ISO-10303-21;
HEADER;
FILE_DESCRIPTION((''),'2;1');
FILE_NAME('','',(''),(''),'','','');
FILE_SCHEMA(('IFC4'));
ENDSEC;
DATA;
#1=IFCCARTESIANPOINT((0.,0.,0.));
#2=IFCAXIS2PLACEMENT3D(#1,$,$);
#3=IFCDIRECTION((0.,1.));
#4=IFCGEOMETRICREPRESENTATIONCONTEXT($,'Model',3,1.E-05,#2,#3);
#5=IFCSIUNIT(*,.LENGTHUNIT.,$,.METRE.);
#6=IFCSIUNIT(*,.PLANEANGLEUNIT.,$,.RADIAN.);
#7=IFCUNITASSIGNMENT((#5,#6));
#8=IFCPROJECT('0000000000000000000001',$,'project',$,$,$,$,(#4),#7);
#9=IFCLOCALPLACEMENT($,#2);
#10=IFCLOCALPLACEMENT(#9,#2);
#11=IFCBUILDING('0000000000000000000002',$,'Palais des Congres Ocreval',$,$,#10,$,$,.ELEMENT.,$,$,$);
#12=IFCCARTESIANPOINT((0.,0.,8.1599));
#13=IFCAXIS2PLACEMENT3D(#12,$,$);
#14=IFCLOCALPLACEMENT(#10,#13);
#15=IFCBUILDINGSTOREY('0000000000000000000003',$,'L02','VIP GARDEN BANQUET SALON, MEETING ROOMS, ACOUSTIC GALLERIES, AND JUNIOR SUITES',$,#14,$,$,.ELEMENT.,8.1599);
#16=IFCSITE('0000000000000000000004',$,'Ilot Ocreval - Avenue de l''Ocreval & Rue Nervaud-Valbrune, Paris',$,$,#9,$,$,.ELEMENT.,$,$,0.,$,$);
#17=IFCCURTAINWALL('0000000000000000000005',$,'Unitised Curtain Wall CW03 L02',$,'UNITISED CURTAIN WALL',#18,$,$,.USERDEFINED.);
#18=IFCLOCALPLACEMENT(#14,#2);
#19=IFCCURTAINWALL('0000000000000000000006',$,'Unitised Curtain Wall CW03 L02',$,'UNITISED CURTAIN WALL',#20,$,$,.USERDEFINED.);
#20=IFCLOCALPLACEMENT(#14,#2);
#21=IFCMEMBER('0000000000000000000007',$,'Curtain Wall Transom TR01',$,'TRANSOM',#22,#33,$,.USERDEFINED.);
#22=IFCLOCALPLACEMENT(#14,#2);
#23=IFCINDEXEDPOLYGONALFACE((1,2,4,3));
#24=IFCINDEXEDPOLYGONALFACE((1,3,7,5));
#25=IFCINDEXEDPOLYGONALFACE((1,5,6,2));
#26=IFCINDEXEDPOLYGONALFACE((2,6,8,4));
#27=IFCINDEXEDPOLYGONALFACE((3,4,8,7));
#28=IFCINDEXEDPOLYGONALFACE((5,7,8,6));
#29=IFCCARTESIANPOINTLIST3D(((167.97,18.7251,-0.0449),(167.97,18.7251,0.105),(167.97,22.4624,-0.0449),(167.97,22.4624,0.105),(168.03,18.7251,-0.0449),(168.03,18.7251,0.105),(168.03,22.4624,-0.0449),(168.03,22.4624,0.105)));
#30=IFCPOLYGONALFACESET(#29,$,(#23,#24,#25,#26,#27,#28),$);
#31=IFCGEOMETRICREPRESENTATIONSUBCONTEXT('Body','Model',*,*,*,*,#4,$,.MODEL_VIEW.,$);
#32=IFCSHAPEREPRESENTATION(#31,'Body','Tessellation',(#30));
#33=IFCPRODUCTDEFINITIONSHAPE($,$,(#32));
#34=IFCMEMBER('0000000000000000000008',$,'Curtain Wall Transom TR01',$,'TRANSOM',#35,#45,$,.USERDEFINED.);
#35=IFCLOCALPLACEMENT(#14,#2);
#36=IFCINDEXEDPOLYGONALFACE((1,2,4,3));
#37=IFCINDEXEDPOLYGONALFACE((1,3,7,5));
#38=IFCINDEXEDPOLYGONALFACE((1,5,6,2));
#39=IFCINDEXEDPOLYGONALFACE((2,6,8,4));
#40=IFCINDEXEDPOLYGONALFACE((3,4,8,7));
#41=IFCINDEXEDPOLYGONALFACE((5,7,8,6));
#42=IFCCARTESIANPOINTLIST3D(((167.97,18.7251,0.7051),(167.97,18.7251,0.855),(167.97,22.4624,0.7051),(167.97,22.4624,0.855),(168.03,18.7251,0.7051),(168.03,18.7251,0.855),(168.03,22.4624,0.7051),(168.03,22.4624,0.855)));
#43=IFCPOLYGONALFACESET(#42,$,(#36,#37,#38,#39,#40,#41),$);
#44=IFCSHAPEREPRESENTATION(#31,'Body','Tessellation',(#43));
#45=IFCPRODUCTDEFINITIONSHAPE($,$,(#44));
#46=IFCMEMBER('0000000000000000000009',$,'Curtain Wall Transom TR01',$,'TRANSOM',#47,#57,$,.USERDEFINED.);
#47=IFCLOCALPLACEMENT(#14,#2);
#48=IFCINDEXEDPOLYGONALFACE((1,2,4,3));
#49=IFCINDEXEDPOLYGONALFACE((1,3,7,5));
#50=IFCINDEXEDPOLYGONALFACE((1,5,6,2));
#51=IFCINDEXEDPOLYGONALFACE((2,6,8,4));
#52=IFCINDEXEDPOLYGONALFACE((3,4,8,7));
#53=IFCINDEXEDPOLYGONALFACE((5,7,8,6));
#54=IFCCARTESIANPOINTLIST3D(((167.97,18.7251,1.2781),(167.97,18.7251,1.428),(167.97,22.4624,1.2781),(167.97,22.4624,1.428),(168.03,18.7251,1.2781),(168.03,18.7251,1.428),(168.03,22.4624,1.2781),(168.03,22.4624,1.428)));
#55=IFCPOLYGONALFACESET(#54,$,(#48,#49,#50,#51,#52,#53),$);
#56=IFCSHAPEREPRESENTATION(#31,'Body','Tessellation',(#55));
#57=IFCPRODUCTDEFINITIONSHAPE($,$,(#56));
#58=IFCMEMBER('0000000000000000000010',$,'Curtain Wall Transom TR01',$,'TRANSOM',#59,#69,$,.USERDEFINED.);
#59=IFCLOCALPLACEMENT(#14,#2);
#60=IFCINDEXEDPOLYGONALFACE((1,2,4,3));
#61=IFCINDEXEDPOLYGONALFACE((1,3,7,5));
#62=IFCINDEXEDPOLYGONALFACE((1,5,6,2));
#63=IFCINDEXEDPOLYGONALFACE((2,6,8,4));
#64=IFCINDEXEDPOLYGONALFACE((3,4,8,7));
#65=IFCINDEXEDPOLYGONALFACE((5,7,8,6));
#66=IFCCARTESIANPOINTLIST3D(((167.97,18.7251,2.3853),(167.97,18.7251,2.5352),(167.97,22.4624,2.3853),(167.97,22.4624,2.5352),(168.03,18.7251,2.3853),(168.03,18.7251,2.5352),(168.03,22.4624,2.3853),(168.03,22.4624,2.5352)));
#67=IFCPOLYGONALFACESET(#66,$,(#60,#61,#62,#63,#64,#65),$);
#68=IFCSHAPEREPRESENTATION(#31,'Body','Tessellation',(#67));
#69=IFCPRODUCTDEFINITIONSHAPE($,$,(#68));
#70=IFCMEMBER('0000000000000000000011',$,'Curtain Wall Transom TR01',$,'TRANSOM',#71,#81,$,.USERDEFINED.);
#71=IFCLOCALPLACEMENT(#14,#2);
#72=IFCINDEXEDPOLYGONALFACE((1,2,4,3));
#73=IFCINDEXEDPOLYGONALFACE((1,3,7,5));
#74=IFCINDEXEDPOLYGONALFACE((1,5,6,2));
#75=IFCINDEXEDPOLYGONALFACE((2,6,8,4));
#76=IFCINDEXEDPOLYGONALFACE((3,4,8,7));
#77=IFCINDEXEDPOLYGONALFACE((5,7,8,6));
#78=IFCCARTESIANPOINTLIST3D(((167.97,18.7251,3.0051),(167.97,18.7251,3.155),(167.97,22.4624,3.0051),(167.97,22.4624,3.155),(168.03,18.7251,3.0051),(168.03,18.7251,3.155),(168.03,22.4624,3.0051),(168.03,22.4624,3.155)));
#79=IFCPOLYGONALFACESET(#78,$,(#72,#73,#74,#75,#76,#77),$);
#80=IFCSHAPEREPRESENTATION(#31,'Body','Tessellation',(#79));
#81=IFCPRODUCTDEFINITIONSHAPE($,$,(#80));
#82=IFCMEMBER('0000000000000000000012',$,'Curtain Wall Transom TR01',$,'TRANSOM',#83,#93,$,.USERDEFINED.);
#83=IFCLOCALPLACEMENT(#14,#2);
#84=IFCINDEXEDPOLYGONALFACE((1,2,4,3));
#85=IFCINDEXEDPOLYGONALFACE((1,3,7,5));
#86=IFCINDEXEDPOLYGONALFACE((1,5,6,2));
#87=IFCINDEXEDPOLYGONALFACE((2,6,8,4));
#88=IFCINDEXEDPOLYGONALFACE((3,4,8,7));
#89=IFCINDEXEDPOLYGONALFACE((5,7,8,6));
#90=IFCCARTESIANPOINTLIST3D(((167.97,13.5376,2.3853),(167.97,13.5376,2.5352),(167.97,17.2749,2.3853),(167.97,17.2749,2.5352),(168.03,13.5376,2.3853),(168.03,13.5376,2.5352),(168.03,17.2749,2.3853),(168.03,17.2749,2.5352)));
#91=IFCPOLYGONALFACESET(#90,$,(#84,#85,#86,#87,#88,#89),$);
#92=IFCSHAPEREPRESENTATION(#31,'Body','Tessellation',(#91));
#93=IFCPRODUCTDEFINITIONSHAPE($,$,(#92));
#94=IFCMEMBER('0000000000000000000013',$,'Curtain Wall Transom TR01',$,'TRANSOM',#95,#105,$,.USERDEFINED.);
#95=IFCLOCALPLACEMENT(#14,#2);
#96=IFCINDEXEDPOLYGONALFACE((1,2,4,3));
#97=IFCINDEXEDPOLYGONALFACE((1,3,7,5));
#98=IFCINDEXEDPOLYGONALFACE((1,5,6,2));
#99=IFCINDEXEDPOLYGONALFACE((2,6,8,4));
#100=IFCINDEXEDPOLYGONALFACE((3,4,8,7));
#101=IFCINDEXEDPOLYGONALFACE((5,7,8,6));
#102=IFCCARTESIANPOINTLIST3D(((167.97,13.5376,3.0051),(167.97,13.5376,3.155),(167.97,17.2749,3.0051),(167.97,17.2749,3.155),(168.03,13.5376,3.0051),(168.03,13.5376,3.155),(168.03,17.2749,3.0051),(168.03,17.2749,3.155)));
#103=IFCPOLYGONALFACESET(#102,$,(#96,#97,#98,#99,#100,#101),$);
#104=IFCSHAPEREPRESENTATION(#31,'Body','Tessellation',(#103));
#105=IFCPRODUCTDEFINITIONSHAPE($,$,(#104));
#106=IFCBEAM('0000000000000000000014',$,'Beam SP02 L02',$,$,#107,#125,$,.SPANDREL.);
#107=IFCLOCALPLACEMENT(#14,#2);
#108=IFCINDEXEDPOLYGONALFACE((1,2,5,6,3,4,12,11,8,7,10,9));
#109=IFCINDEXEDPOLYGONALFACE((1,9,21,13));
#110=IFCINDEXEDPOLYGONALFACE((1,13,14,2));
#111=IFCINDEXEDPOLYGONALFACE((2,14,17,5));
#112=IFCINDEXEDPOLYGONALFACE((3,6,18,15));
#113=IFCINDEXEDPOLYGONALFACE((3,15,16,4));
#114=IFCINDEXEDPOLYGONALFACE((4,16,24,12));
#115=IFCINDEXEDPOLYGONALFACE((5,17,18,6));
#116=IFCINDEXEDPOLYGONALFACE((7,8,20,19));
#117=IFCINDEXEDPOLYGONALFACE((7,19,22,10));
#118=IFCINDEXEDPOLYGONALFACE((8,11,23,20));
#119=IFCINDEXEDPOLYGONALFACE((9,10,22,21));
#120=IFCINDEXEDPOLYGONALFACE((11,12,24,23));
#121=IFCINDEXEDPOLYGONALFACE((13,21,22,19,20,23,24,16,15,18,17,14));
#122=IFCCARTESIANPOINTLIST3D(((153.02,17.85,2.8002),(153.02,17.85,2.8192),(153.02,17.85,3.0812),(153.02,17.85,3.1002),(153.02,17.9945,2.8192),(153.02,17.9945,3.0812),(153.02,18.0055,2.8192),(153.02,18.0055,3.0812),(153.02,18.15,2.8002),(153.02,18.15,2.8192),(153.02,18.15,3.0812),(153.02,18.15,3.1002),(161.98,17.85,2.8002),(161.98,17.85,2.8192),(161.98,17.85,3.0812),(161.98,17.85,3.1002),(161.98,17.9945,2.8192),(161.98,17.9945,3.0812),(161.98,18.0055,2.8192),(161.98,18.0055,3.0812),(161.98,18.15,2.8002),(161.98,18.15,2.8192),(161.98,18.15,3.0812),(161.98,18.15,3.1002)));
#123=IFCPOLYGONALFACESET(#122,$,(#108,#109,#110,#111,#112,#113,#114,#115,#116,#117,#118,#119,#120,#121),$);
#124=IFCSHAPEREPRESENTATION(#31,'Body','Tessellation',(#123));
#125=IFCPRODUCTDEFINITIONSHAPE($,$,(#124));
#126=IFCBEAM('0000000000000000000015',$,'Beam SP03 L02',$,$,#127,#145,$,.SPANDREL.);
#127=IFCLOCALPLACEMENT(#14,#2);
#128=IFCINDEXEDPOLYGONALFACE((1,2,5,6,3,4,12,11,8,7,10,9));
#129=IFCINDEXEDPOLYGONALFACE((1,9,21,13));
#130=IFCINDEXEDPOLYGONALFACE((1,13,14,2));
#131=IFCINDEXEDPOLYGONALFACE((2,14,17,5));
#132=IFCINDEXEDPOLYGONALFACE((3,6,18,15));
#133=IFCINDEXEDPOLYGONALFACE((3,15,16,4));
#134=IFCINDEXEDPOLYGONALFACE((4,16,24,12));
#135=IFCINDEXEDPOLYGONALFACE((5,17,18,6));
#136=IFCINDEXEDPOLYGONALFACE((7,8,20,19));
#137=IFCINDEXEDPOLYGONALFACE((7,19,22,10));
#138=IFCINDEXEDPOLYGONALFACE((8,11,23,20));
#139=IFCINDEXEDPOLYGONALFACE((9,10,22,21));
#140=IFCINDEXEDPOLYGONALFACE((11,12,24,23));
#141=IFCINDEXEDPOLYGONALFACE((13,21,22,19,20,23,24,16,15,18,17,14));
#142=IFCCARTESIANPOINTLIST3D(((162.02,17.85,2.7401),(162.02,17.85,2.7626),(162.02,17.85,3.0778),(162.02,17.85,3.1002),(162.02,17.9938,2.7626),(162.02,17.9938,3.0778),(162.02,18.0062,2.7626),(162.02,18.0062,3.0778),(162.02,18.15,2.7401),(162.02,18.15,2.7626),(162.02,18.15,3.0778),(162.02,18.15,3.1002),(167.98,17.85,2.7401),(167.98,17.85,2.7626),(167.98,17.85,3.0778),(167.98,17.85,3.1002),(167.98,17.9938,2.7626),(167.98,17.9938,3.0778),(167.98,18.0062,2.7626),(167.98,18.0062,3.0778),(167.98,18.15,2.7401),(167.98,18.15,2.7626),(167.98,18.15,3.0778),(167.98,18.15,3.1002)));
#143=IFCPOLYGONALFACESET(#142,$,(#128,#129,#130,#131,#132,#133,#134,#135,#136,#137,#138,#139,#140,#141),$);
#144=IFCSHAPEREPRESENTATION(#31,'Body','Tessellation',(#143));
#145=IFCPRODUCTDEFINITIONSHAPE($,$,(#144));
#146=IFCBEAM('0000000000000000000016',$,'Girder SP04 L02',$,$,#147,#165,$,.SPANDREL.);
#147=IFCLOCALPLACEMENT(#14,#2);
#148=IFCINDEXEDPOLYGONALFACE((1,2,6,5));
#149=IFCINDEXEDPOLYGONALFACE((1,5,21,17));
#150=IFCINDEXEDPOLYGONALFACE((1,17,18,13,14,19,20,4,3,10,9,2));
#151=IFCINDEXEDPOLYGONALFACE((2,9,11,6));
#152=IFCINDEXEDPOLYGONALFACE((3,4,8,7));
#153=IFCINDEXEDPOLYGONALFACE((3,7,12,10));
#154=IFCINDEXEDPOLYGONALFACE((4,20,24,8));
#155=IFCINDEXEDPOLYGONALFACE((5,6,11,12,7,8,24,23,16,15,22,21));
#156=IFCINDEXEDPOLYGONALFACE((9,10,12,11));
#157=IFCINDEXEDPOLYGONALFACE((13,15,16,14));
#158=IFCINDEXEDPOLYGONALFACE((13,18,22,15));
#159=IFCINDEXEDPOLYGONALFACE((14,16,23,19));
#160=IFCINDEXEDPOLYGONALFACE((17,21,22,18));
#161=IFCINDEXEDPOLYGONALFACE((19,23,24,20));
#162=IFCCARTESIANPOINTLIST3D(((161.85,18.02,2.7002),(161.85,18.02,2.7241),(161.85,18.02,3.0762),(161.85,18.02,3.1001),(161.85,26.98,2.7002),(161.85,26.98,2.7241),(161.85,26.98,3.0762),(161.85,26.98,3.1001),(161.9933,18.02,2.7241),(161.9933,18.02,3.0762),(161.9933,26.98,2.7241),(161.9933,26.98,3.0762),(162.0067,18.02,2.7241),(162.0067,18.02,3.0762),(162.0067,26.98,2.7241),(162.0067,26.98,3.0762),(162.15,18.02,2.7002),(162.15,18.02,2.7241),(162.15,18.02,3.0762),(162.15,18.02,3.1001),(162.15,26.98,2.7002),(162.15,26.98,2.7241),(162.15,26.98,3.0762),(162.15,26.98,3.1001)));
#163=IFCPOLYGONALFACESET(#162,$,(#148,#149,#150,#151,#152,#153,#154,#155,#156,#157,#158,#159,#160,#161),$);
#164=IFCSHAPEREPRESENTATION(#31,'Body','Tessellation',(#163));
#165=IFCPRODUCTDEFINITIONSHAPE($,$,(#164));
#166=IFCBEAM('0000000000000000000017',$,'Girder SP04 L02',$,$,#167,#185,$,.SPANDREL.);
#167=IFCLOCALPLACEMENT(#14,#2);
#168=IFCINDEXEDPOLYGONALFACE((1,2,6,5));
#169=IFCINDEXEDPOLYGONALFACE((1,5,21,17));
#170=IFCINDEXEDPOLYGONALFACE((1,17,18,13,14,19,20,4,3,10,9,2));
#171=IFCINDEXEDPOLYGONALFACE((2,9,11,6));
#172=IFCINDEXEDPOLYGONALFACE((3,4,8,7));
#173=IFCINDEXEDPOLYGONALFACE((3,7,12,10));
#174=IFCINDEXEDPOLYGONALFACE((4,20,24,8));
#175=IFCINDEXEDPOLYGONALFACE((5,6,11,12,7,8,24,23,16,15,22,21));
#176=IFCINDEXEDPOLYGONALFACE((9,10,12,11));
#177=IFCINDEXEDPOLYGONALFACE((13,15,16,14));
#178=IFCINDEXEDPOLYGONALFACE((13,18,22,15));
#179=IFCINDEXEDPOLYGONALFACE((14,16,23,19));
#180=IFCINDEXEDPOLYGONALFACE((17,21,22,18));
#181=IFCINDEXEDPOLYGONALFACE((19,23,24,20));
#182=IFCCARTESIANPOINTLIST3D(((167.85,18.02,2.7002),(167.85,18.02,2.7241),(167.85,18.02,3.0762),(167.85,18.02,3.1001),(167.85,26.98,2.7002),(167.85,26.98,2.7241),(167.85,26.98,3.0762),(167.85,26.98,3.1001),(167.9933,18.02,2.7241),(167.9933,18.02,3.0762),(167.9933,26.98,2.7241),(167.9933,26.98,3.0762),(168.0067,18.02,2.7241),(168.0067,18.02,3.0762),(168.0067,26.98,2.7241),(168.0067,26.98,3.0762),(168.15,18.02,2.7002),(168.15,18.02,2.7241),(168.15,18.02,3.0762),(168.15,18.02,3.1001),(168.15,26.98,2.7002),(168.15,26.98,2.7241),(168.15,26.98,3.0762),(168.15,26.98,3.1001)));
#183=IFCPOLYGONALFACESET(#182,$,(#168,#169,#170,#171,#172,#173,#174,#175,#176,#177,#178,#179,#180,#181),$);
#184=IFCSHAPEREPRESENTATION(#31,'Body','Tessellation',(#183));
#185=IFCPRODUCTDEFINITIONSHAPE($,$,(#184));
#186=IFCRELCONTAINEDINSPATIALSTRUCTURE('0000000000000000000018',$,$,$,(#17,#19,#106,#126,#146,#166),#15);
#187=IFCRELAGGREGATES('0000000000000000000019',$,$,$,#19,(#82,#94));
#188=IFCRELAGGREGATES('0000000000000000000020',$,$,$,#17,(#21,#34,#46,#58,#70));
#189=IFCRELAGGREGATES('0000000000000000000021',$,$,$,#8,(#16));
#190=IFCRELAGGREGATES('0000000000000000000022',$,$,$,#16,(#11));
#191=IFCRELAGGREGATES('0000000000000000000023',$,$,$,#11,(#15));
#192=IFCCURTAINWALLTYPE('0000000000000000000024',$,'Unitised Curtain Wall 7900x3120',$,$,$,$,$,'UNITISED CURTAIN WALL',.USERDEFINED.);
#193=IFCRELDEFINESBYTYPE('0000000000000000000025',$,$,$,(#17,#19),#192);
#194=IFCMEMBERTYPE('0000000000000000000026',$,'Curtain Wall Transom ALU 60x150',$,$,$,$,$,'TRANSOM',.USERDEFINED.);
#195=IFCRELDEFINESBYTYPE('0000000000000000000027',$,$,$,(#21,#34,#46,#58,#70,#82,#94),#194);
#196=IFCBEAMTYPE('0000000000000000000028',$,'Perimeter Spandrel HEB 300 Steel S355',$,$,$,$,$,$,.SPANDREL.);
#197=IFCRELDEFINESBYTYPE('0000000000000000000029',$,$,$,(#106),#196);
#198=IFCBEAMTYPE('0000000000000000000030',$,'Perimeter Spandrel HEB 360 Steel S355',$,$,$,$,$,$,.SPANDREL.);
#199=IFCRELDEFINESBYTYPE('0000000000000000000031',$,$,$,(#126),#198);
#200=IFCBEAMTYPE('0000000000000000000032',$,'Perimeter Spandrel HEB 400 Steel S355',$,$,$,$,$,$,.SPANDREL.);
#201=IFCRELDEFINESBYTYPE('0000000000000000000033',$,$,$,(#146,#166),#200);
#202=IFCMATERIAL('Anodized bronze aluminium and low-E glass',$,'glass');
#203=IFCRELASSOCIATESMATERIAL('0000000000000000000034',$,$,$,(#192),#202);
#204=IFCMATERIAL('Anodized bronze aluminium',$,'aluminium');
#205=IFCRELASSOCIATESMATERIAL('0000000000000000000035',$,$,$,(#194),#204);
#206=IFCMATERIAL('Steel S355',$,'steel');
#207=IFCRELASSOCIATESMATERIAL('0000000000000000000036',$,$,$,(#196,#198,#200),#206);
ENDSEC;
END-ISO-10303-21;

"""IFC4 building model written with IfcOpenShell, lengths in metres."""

from ifc_helpers import new_model, si_unit, direction, frame, origin, origin_2d, place, context, subcontext, project, spatial, rectangle, i_section, extrude, material, material_profile, profile_set, type_object, element, aggregate, save


model = new_model("IFC4")

# Units and contexts
model_context = context("Model", 3, precision=1e-05, world=origin(), true_north=direction((0.0, 1.0)))
body_context = subcontext(model_context, "Body", "Model", "MODEL_VIEW")
ifc_project = project(units=[si_unit("LENGTHUNIT", "METRE"), si_unit("PLANEANGLEUNIT", "RADIAN")], contexts=[model_context])

# Site, building, storey
site_placement = place(None, origin())
site = spatial("IfcSite", under=ifc_project, at=site_placement, Name="Ilot Ocreval - Avenue de l'Ocreval & Rue Nervaud-Valbrune, Paris", CompositionType="ELEMENT", RefElevation=0.0)
building_placement = place(site_placement, origin())
building = spatial("IfcBuilding", under=site, at=building_placement, Name="Palais des Congres Ocreval", CompositionType="ELEMENT")
storey_placement = place(building_placement, frame((0.0, 0.0, 8.1599)))
storey = spatial("IfcBuildingStorey", under=building, at=storey_placement, Name="L02", Description="VIP GARDEN BANQUET SALON, MEETING ROOMS, ACOUSTIC GALLERIES, AND JUNIOR SUITES", CompositionType="ELEMENT", Elevation=8.1599)

# Shared definitions
ifc_material_1 = material(Name="Steel S355", Category="steel")

# Curtain wall
ifc_material_2 = material(Name="Anodized bronze aluminium and low-E glass", Category="glass")
curtain_wall_type = type_object("IfcCurtainWallType", Name="Unitised Curtain Wall 7900x3120", ElementType="UNITISED CURTAIN WALL", PredefinedType="USERDEFINED", material=ifc_material_2)
curtain_wall_1_placement = place(storey_placement, origin())
curtain_wall_1 = element("IfcCurtainWall", 1, at=curtain_wall_1_placement, inside=storey, type_object=curtain_wall_type, Name="Unitised Curtain Wall CW03 L02", ObjectType="UNITISED CURTAIN WALL", PredefinedType="USERDEFINED")
ifc_material_3 = material(Name="Anodized bronze aluminium", Category="aluminium")

# Curtain wall
curtain_wall_2_placement = place(storey_placement, origin())
curtain_wall_2 = element("IfcCurtainWall", 2, at=curtain_wall_2_placement, inside=storey, type_object=curtain_wall_type, Name="Unitised Curtain Wall CW03 L02", ObjectType="UNITISED CURTAIN WALL", PredefinedType="USERDEFINED")

# Members
ifc_material_profile_1 = material_profile(ifc_material_3, rectangle(XDim=0.0601, YDim=0.1499, at=origin_2d()), Name="ALU 60x150")
ifc_profile_set_1 = profile_set([ifc_material_profile_1], Name="Anodized bronze aluminium")
member_type_1 = type_object("IfcMemberType", Name="Curtain Wall Transom ALU 60x150", ElementType="TRANSOM", PredefinedType="USERDEFINED", material=ifc_profile_set_1)
member_1_placement = place(storey_placement, frame((168.0, 22.4624, 0.03), z_axis=(0.0, -1.0, 0.0), x_axis=(1.0, 0.0, 0.0)))
member_1 = element("IfcMember", 3, at=member_1_placement, type_object=member_type_1, Name="Curtain Wall Transom TR01", ObjectType="TRANSOM", PredefinedType="USERDEFINED", context=body_context, shape_type="SweptSolid", body=[
    extrude(rectangle(XDim=0.0601, YDim=0.1499, at=origin_2d()), origin(), (0.0, 0.0, 1.0), 3.7373),
])
member_2_placement = place(storey_placement, frame((168.0, 22.4624, 0.78), z_axis=(0.0, -1.0, 0.0), x_axis=(1.0, 0.0, 0.0)))
member_2 = element("IfcMember", 4, at=member_2_placement, type_object=member_type_1, Name="Curtain Wall Transom TR01", ObjectType="TRANSOM", PredefinedType="USERDEFINED", context=body_context, shape_type="SweptSolid", body=[
    extrude(rectangle(XDim=0.0601, YDim=0.1499, at=origin_2d()), origin(), (0.0, 0.0, 1.0), 3.7373),
])
member_3_placement = place(storey_placement, frame((168.0, 22.4624, 1.353), z_axis=(0.0, -1.0, 0.0), x_axis=(1.0, 0.0, 0.0)))
member_3 = element("IfcMember", 5, at=member_3_placement, type_object=member_type_1, Name="Curtain Wall Transom TR01", ObjectType="TRANSOM", PredefinedType="USERDEFINED", context=body_context, shape_type="SweptSolid", body=[
    extrude(rectangle(XDim=0.0601, YDim=0.1499, at=origin_2d()), origin(), (0.0, 0.0, 1.0), 3.7373),
])
member_4_placement = place(storey_placement, frame((168.0, 22.4624, 2.4602), z_axis=(0.0, -1.0, 0.0), x_axis=(1.0, 0.0, 0.0)))
member_4 = element("IfcMember", 6, at=member_4_placement, type_object=member_type_1, Name="Curtain Wall Transom TR01", ObjectType="TRANSOM", PredefinedType="USERDEFINED", context=body_context, shape_type="SweptSolid", body=[
    extrude(rectangle(XDim=0.0601, YDim=0.1499, at=origin_2d()), origin(), (0.0, 0.0, 1.0), 3.7373),
])
member_5_placement = place(storey_placement, frame((168.0, 22.4624, 3.0801), z_axis=(0.0, -1.0, 0.0), x_axis=(1.0, 0.0, 0.0)))
member_5 = element("IfcMember", 7, at=member_5_placement, type_object=member_type_1, Name="Curtain Wall Transom TR01", ObjectType="TRANSOM", PredefinedType="USERDEFINED", context=body_context, shape_type="SweptSolid", body=[
    extrude(rectangle(XDim=0.0601, YDim=0.1499, at=origin_2d()), origin(), (0.0, 0.0, 1.0), 3.7373),
])
member_6_placement = place(storey_placement, frame((168.0, 17.2749, 2.4602), z_axis=(0.0, -1.0, 0.0), x_axis=(1.0, 0.0, 0.0)))
member_6 = element("IfcMember", 8, at=member_6_placement, type_object=member_type_1, Name="Curtain Wall Transom TR01", ObjectType="TRANSOM", PredefinedType="USERDEFINED", context=body_context, shape_type="SweptSolid", body=[
    extrude(rectangle(XDim=0.0601, YDim=0.1499, at=origin_2d()), origin(), (0.0, 0.0, 1.0), 3.7373),
])
member_7_placement = place(storey_placement, frame((168.0, 17.2749, 3.0801), z_axis=(0.0, -1.0, 0.0), x_axis=(1.0, 0.0, 0.0)))
member_7 = element("IfcMember", 9, at=member_7_placement, type_object=member_type_1, Name="Curtain Wall Transom TR01", ObjectType="TRANSOM", PredefinedType="USERDEFINED", context=body_context, shape_type="SweptSolid", body=[
    extrude(rectangle(XDim=0.0601, YDim=0.1499, at=origin_2d()), origin(), (0.0, 0.0, 1.0), 3.7373),
])
aggregate(curtain_wall_2, [member_6, member_7])

# Beams
ifc_material_profile_2 = material_profile(ifc_material_1, i_section(OverallWidth=0.3, OverallDepth=0.3, WebThickness=0.011, FlangeThickness=0.019, at=origin_2d()), Name="HEB 300")
ifc_profile_set_2 = profile_set([ifc_material_profile_2], Name="Steel S355")
beam_type_1 = type_object("IfcBeamType", Name="Perimeter Spandrel HEB 300 Steel S355", PredefinedType="SPANDREL", material=ifc_profile_set_2)
beam_1_placement = place(storey_placement, frame((153.02, 18.0, 2.9502), z_axis=(1.0, 0.0, 0.0), x_axis=(0.0, 1.0, 0.0)))
element("IfcBeam", 10, at=beam_1_placement, inside=storey, type_object=beam_type_1, Name="Beam SP02 L02", PredefinedType="SPANDREL", context=body_context, shape_type="SweptSolid", body=[
    extrude(i_section(OverallWidth=0.3, OverallDepth=0.3, WebThickness=0.011, FlangeThickness=0.019, at=origin_2d()), origin(), (0.0, 0.0, 1.0), 8.96),
])
ifc_material_profile_3 = material_profile(ifc_material_1, i_section(OverallWidth=0.3, OverallDepth=0.3601, WebThickness=0.0125, FlangeThickness=0.0225, at=origin_2d()), Name="HEB 360")
ifc_profile_set_3 = profile_set([ifc_material_profile_3], Name="Steel S355")
beam_type_2 = type_object("IfcBeamType", Name="Perimeter Spandrel HEB 360 Steel S355", PredefinedType="SPANDREL", material=ifc_profile_set_3)
beam_2_placement = place(storey_placement, frame((162.02, 18.0, 2.9202), z_axis=(1.0, 0.0, 0.0), x_axis=(0.0, 1.0, 0.0)))
element("IfcBeam", 11, at=beam_2_placement, inside=storey, type_object=beam_type_2, Name="Beam SP03 L02", PredefinedType="SPANDREL", context=body_context, shape_type="SweptSolid", body=[
    extrude(i_section(OverallWidth=0.3, OverallDepth=0.3601, WebThickness=0.0125, FlangeThickness=0.0225, at=origin_2d()), origin(), (0.0, 0.0, 1.0), 5.96),
])
ifc_material_profile_4 = material_profile(ifc_material_1, i_section(OverallWidth=0.3, OverallDepth=0.3999, WebThickness=0.0134, FlangeThickness=0.0239, at=origin_2d()), Name="HEB 400")
ifc_profile_set_4 = profile_set([ifc_material_profile_4], Name="Steel S355")
beam_type_3 = type_object("IfcBeamType", Name="Perimeter Spandrel HEB 400 Steel S355", PredefinedType="SPANDREL", material=ifc_profile_set_4)
for number, where, z_axis, x_axis, name in (
    (12, (162.0, 18.02, 2.9001), (0.0, 1.0, 0.0), (-1.0, 0.0, 0.0), "Girder SP04 L02"),
    (13, (168.0, 18.02, 2.9001), (0.0, 1.0, 0.0), (-1.0, 0.0, 0.0), "Girder SP04 L02"),
):
    element("IfcBeam", number, at=place(storey_placement, frame(where, z_axis=z_axis, x_axis=x_axis)), inside=storey, type_object=beam_type_3, Name=name, PredefinedType="SPANDREL", context=body_context, shape_type="SweptSolid", body=[
        extrude(i_section(OverallWidth=0.3, OverallDepth=0.3999, WebThickness=0.0134, FlangeThickness=0.0239, at=origin_2d()), origin(), (0.0, 0.0, 1.0), 8.96),
    ])

aggregate(curtain_wall_1, [member_1, member_2, member_3, member_4, member_5])

save(model, "model.ifc")
